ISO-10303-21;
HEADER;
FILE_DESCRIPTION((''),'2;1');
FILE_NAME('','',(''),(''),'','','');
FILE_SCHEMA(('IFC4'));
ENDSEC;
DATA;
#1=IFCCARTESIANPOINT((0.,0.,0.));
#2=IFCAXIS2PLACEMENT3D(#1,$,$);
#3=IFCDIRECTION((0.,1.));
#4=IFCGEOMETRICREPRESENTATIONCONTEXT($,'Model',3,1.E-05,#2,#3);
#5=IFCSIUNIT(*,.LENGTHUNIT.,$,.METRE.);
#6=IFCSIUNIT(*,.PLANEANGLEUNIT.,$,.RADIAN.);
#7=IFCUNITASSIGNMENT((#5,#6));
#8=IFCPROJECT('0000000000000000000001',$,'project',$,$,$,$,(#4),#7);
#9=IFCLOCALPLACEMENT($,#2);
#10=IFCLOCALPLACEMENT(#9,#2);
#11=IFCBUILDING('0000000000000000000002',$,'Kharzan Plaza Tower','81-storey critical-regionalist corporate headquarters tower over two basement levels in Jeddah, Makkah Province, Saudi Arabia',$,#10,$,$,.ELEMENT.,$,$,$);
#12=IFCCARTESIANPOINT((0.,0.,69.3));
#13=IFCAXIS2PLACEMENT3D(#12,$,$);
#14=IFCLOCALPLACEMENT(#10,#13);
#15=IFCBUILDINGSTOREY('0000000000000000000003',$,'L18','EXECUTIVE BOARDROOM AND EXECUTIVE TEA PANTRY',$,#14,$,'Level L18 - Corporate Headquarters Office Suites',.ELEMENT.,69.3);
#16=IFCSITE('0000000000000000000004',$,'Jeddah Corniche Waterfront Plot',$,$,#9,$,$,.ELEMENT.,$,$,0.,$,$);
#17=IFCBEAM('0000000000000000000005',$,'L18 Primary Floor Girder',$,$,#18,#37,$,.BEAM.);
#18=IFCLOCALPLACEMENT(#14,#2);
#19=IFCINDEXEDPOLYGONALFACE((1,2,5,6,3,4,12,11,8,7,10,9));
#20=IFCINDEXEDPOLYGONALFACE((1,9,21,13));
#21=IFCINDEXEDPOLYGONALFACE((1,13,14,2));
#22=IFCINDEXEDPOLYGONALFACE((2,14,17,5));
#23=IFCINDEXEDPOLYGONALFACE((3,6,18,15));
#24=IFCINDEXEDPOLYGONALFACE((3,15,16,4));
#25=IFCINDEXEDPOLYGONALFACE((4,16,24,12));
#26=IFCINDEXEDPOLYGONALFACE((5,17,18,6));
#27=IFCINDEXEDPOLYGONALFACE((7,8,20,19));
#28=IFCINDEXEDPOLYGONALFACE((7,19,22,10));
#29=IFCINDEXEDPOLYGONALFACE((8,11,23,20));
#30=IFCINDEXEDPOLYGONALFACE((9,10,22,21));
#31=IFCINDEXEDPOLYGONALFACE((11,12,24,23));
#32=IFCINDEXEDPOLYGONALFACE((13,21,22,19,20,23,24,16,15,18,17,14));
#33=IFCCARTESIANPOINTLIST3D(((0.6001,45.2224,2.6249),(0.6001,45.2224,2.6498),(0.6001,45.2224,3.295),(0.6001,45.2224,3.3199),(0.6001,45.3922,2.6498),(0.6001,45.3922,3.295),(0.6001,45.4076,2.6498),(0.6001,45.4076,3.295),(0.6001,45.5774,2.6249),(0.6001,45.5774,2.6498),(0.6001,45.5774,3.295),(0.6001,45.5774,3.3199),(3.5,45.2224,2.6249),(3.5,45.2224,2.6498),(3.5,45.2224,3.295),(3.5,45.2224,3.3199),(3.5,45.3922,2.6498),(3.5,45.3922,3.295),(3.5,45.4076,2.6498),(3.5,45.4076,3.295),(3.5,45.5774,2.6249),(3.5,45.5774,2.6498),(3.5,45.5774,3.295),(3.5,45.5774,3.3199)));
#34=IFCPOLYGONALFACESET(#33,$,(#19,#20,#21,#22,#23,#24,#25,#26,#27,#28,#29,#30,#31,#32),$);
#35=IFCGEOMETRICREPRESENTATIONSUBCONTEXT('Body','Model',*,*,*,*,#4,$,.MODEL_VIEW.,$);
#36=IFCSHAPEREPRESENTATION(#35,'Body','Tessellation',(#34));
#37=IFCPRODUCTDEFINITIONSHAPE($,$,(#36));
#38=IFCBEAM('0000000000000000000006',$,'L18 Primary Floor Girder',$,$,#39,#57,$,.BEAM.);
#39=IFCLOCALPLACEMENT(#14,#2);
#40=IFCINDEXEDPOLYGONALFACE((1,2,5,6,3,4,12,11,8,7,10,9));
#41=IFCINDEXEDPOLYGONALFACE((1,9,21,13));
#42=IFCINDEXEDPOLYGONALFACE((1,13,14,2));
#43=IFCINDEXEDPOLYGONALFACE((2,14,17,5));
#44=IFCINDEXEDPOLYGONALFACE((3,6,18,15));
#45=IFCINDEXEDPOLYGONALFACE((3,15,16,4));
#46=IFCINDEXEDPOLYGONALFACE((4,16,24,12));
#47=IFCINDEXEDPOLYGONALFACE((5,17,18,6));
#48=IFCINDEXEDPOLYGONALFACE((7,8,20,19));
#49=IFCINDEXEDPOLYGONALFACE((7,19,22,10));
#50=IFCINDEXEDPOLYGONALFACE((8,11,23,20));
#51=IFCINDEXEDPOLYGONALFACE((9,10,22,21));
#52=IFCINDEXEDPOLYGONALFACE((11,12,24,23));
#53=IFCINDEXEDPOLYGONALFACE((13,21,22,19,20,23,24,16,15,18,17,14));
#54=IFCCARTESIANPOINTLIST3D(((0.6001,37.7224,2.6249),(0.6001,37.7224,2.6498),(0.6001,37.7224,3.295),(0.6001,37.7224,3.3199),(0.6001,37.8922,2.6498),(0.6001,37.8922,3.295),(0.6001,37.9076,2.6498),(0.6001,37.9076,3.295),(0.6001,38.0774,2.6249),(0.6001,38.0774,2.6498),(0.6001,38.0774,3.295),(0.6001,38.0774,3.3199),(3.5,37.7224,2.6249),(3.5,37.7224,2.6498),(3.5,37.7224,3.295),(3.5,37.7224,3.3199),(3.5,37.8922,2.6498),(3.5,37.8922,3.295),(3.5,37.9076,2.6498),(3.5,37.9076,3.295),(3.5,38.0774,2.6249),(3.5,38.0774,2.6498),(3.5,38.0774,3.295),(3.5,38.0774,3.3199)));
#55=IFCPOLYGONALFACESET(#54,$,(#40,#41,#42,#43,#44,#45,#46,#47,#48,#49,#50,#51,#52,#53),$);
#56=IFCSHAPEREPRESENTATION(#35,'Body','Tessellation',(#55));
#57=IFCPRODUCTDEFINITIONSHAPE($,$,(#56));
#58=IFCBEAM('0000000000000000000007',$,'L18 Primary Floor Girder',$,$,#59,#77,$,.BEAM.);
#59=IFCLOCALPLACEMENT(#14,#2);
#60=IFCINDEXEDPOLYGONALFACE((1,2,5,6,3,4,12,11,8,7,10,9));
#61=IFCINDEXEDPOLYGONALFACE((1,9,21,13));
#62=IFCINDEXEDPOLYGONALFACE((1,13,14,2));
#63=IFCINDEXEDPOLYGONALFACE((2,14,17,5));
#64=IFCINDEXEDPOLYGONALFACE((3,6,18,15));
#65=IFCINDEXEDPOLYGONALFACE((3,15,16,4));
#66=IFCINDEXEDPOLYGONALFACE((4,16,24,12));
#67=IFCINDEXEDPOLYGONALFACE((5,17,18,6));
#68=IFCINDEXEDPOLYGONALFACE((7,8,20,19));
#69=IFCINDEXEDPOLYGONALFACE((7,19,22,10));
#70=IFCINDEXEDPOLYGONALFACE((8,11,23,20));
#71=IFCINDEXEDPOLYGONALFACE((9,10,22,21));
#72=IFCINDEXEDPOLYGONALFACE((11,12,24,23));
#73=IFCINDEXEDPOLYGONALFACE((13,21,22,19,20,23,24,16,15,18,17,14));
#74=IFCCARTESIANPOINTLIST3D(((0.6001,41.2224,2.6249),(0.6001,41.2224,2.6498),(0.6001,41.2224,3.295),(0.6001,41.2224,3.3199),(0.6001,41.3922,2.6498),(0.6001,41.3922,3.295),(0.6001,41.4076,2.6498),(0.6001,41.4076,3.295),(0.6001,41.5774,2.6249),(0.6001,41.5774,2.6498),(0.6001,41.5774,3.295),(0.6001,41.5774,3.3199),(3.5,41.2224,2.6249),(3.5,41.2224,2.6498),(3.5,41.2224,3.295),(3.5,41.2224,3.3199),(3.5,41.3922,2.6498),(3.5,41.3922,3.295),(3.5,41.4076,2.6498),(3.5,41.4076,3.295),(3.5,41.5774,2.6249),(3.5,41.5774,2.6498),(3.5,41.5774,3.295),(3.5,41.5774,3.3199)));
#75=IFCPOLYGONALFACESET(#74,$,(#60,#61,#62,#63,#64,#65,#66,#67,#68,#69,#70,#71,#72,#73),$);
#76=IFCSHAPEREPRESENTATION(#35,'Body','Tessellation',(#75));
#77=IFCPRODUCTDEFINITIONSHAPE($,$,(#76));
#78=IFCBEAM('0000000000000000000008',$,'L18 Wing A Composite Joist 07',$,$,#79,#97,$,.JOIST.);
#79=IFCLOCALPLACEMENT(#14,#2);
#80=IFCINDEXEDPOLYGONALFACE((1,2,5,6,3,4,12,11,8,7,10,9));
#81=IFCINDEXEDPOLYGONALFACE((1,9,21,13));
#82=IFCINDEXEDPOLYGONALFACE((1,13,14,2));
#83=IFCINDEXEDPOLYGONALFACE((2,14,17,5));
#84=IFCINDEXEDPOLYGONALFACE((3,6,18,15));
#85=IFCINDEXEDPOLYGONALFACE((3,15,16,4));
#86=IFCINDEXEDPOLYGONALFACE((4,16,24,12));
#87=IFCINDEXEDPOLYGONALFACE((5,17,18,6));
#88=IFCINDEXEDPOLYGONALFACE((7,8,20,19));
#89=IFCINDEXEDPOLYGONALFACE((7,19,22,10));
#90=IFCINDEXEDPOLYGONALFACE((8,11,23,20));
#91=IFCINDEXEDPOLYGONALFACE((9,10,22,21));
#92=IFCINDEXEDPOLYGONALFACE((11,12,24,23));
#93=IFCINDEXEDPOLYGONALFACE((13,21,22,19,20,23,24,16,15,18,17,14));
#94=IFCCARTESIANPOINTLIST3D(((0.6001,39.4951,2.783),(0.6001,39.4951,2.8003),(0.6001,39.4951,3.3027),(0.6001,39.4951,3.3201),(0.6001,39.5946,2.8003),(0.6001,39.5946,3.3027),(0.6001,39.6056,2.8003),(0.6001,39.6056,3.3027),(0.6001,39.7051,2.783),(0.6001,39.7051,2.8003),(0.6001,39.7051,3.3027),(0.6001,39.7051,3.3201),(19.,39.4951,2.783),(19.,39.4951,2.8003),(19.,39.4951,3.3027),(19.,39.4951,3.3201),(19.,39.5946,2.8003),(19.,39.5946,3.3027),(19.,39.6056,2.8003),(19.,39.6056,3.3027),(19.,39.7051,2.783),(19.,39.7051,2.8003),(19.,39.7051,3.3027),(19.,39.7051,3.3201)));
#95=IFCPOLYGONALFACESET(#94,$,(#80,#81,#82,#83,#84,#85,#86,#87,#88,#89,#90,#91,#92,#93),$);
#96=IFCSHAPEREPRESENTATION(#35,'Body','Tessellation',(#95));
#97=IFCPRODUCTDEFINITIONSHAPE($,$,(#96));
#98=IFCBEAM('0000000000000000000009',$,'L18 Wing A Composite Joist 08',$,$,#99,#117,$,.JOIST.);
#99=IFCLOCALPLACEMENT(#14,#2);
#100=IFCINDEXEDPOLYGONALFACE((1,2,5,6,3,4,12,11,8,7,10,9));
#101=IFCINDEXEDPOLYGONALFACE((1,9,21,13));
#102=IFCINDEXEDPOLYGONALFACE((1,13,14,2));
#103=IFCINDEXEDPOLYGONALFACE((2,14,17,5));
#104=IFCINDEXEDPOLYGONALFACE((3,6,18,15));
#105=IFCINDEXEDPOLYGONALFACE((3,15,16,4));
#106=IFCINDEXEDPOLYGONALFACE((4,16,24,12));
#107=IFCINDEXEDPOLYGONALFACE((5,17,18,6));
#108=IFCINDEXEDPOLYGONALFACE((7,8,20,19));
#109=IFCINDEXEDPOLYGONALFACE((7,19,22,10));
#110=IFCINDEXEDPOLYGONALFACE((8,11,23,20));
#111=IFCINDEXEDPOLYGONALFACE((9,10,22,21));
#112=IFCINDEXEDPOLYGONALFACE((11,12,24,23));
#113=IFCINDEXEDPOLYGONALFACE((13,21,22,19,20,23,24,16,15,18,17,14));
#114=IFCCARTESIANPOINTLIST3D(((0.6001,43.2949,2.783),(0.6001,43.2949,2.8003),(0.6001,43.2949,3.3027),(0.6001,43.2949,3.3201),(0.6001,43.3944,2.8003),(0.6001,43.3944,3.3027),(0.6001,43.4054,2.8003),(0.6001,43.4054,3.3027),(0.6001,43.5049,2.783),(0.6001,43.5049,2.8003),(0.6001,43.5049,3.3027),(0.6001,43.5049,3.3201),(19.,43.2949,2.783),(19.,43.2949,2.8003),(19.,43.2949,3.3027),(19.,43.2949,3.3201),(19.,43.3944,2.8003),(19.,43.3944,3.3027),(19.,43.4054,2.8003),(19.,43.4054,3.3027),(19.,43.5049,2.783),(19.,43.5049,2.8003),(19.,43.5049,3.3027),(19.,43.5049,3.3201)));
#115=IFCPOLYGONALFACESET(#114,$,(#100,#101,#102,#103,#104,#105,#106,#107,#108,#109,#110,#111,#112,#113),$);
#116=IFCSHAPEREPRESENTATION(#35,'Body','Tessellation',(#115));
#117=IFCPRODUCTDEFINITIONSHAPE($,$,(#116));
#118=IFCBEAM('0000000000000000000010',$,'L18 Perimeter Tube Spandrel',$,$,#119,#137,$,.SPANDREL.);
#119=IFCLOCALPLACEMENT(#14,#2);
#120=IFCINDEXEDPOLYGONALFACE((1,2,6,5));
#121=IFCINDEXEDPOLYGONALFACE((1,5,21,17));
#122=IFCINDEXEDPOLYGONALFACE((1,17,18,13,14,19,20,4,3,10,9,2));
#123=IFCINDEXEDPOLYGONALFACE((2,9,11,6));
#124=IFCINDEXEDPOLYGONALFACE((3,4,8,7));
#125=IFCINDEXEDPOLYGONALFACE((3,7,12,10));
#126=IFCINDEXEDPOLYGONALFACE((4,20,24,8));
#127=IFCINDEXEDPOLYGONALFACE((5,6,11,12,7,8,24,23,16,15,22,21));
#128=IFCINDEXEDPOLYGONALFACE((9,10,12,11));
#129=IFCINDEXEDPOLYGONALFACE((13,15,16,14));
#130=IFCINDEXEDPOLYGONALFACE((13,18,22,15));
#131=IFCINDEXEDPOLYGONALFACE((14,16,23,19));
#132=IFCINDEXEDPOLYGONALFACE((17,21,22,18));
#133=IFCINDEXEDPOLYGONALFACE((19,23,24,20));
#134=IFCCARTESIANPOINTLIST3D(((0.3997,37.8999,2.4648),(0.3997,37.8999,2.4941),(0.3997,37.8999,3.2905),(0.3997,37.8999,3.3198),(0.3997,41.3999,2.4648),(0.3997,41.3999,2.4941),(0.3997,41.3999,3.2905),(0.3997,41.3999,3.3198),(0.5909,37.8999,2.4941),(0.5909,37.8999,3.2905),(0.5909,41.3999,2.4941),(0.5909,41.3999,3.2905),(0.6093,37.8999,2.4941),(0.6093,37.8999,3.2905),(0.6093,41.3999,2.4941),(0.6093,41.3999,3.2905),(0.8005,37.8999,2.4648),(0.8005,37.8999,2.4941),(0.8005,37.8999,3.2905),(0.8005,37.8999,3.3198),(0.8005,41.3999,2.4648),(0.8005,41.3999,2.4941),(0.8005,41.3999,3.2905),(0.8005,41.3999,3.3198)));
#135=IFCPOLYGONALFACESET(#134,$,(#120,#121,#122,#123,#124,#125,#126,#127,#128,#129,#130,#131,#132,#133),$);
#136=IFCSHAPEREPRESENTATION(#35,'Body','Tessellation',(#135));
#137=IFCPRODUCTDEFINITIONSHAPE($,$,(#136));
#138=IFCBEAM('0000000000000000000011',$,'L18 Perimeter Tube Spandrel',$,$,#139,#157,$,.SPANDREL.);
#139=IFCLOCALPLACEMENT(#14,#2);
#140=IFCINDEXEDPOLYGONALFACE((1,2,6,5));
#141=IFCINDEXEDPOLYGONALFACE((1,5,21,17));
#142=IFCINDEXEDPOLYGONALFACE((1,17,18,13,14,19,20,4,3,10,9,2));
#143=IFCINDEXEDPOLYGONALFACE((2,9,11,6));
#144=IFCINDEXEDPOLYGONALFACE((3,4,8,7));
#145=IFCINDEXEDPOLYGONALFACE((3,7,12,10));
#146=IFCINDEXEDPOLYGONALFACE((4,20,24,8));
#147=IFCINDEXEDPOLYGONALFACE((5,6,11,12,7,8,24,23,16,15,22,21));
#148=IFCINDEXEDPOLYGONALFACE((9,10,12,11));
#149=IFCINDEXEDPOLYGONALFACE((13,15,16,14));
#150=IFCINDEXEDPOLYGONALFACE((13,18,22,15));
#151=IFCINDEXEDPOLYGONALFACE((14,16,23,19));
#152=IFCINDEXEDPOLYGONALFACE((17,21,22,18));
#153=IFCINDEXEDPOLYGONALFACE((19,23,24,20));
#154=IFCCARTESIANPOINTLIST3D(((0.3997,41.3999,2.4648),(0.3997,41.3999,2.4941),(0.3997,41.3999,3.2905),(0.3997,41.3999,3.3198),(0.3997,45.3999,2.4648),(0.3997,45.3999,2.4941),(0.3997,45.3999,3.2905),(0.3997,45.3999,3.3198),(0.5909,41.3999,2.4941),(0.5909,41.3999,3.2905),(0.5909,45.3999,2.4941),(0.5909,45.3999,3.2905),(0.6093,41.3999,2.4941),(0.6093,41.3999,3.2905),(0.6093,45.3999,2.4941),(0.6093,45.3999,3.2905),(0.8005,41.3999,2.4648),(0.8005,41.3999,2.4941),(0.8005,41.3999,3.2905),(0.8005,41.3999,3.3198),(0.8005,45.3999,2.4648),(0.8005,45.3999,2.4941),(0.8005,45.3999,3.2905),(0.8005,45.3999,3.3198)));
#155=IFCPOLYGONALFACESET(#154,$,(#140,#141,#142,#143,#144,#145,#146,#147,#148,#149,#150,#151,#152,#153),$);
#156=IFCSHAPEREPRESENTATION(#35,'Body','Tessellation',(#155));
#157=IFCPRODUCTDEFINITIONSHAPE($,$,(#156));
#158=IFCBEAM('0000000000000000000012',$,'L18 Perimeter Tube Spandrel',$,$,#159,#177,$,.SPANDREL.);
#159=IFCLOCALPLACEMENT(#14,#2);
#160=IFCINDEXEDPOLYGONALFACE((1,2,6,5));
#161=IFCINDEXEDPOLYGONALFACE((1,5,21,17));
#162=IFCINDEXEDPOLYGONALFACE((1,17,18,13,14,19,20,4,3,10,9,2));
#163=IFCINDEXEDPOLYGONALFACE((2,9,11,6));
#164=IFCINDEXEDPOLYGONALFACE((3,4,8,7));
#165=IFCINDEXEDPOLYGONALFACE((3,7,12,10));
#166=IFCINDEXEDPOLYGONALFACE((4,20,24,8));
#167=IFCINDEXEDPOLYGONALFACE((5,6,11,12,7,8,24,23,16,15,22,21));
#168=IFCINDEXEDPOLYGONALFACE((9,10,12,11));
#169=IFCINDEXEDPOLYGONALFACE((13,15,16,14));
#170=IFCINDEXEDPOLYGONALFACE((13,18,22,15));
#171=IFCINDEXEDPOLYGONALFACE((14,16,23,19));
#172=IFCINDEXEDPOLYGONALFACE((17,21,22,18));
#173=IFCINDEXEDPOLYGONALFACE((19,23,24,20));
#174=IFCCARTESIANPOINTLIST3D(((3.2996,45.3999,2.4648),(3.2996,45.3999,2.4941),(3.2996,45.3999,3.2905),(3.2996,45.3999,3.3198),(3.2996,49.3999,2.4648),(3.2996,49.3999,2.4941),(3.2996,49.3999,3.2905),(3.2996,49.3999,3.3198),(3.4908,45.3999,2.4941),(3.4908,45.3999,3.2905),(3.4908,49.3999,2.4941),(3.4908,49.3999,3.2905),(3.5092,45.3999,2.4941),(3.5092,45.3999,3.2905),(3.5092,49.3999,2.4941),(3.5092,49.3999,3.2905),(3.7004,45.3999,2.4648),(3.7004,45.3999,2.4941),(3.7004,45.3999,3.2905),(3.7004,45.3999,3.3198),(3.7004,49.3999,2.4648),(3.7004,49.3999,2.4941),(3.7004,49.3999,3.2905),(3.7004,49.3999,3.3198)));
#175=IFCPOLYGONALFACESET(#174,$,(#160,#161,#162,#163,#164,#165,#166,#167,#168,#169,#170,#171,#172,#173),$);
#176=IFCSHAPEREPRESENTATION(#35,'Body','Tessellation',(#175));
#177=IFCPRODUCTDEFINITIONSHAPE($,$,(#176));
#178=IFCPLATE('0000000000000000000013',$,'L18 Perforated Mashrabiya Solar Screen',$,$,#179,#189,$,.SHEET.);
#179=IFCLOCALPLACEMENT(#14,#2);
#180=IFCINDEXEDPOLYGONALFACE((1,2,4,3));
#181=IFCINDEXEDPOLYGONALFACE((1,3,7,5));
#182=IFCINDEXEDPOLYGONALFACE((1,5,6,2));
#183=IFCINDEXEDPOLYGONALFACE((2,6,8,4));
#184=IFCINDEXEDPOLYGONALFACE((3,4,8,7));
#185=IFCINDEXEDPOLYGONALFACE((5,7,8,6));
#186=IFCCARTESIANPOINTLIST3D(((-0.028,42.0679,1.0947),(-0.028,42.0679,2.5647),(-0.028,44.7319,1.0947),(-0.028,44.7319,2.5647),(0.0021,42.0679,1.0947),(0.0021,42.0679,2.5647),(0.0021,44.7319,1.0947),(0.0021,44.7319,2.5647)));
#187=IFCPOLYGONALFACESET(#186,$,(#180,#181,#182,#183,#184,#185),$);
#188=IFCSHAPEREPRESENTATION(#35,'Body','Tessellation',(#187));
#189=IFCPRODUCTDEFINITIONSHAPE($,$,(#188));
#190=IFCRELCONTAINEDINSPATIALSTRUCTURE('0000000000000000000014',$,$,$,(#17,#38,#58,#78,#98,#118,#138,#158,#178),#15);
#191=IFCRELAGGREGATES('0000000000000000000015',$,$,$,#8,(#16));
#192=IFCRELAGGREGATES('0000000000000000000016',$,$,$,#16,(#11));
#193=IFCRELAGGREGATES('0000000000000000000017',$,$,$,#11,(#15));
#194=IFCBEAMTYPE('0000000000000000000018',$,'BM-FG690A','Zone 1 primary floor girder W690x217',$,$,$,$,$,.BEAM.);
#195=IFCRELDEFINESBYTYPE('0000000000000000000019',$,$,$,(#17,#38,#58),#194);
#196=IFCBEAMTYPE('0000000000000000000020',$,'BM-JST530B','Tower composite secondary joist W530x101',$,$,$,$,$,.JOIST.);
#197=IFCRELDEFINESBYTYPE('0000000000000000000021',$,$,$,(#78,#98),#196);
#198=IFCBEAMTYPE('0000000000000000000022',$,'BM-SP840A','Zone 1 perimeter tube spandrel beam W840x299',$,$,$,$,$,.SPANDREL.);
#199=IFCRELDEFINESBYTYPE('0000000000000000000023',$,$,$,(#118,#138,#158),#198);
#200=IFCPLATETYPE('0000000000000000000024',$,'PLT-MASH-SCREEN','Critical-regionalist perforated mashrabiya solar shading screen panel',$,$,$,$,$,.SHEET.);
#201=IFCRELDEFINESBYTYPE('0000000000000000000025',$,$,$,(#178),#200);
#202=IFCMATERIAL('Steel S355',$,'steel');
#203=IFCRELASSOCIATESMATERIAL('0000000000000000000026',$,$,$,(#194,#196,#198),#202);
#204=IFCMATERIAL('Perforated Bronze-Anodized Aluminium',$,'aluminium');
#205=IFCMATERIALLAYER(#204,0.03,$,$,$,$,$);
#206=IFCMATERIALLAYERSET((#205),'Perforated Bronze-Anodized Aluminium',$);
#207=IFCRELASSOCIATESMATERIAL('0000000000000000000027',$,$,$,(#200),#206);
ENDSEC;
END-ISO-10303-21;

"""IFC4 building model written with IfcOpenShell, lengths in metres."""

from ifc_helpers import new_model, si_unit, direction, frame, origin, origin_2d, place, context, subcontext, project, spatial, rectangle, i_section, extrude, source, transform, mapped, material, layer, layer_set, material_profile, profile_set, type_object, element, save


model = new_model("IFC4")

# Units and contexts
model_context = context("Model", 3, precision=1e-05, world=origin(), true_north=direction((0.0, 1.0)))
body_context = subcontext(model_context, "Body", "Model", "MODEL_VIEW")
ifc_project = project(units=[si_unit("LENGTHUNIT", "METRE"), si_unit("PLANEANGLEUNIT", "RADIAN")], contexts=[model_context])

# Site, building, storey
site_placement = place(None, origin())
site = spatial("IfcSite", under=ifc_project, at=site_placement, Name="Jeddah Corniche Waterfront Plot", CompositionType="ELEMENT", RefElevation=0.0)
building_placement = place(site_placement, origin())
building = spatial("IfcBuilding", under=site, at=building_placement, Name="Kharzan Plaza Tower", Description="81-storey critical-regionalist corporate headquarters tower over two basement levels in Jeddah, Makkah Province, Saudi Arabia", CompositionType="ELEMENT")
storey_placement = place(building_placement, frame((0.0, 0.0, 69.3)))
storey = spatial("IfcBuildingStorey", under=building, at=storey_placement, Name="L18", Description="EXECUTIVE BOARDROOM AND EXECUTIVE TEA PANTRY", LongName="Level L18 - Corporate Headquarters Office Suites", CompositionType="ELEMENT", Elevation=69.3)

# Beams
ifc_material_1 = material(Name="Steel S355", Category="steel")
ifc_material_profile_1 = material_profile(ifc_material_1, i_section(OverallWidth=0.355, OverallDepth=0.6951, WebThickness=0.0154, FlangeThickness=0.0249, at=origin_2d()), Name="W690x217")
ifc_profile_set_1 = profile_set([ifc_material_profile_1], Name="Steel S355")
beam_type_1 = type_object("IfcBeamType", Name="BM-FG690A", Description="Zone 1 primary floor girder W690x217", PredefinedType="BEAM", material=ifc_profile_set_1)
shared_shape_1 = source(origin(), body_context, "Body", "SweptSolid", [
    extrude(i_section(OverallWidth=0.355, OverallDepth=0.6951, WebThickness=0.0154, FlangeThickness=0.0249, at=origin_2d()), origin(), (0.0, 0.0, 1.0), 2.8999),
])
for number, where, z_axis, x_axis, name in (
    (1, (0.6001, 45.3999, 2.9724), (1.0, 0.0, 0.0), (0.0, 1.0, 0.0), "L18 Primary Floor Girder"),
    (2, (0.6001, 37.8999, 2.9724), (1.0, 0.0, 0.0), (0.0, 1.0, 0.0), "L18 Primary Floor Girder"),
    (3, (0.6001, 41.3999, 2.9724), (1.0, 0.0, 0.0), (0.0, 1.0, 0.0), "L18 Primary Floor Girder"),
):
    element("IfcBeam", number, at=place(storey_placement, frame(where, z_axis=z_axis, x_axis=x_axis)), inside=storey, type_object=beam_type_1, Name=name, PredefinedType="BEAM", context=body_context, shape_type="MappedRepresentation", body=[
        mapped(shared_shape_1, transform((0.0, 0.0, 0.0), x_axis=(1.0, 0.0, 0.0), y_axis=(0.0, 1.0, 0.0), z_axis=(0.0, 0.0, 1.0))),
    ])
ifc_material_profile_2 = material_profile(ifc_material_1, i_section(OverallWidth=0.21, OverallDepth=0.5371, WebThickness=0.011, FlangeThickness=0.0173, at=origin_2d()), Name="W530x101")
ifc_profile_set_2 = profile_set([ifc_material_profile_2], Name="Steel S355")
beam_type_2 = type_object("IfcBeamType", Name="BM-JST530B", Description="Tower composite secondary joist W530x101", PredefinedType="JOIST", material=ifc_profile_set_2)
shared_shape_2 = source(origin(), body_context, "Body", "SweptSolid", [
    extrude(i_section(OverallWidth=0.21, OverallDepth=0.5371, WebThickness=0.011, FlangeThickness=0.0173, at=origin_2d()), origin(), (0.0, 0.0, 1.0), 18.3999),
])
for number, where, z_axis, x_axis, name in (
    (4, (0.6001, 39.6001, 3.0515), (1.0, 0.0, 0.0), (0.0, 1.0, 0.0), "L18 Wing A Composite Joist 07"),
    (5, (0.6001, 43.3999, 3.0515), (1.0, 0.0, 0.0), (0.0, 1.0, 0.0), "L18 Wing A Composite Joist 08"),
):
    element("IfcBeam", number, at=place(storey_placement, frame(where, z_axis=z_axis, x_axis=x_axis)), inside=storey, type_object=beam_type_2, Name=name, PredefinedType="JOIST", context=body_context, shape_type="MappedRepresentation", body=[
        mapped(shared_shape_2, transform((0.0, 0.0, 0.0), x_axis=(1.0, 0.0, 0.0), y_axis=(0.0, 1.0, 0.0), z_axis=(0.0, 0.0, 1.0))),
    ])
ifc_material_profile_3 = material_profile(ifc_material_1, i_section(OverallWidth=0.4009, OverallDepth=0.855, WebThickness=0.0183, FlangeThickness=0.0293, at=origin_2d()), Name="W840x299")
ifc_profile_set_3 = profile_set([ifc_material_profile_3], Name="Steel S355")
beam_type_3 = type_object("IfcBeamType", Name="BM-SP840A", Description="Zone 1 perimeter tube spandrel beam W840x299", PredefinedType="SPANDREL", material=ifc_profile_set_3)
shared_shape_3 = source(origin(), body_context, "Body", "SweptSolid", [
    extrude(i_section(OverallWidth=0.4009, OverallDepth=0.855, WebThickness=0.0183, FlangeThickness=0.0293, at=origin_2d()), origin(), (0.0, 0.0, 1.0), 3.5),
])
beam_1_placement = place(storey_placement, frame((0.6001, 37.8999, 2.8923), z_axis=(0.0, 1.0, 0.0), x_axis=(-1.0, 0.0, 0.0)))
element("IfcBeam", 6, at=beam_1_placement, inside=storey, type_object=beam_type_3, Name="L18 Perimeter Tube Spandrel", PredefinedType="SPANDREL", context=body_context, shape_type="MappedRepresentation", body=[
    mapped(shared_shape_3, transform((0.0, 0.0, 0.0), x_axis=(1.0, 0.0, 0.0), y_axis=(0.0, 1.0, 0.0), z_axis=(0.0, 0.0, 1.0))),
])
shared_shape_4 = source(origin(), body_context, "Body", "SweptSolid", [
    extrude(i_section(OverallWidth=0.4009, OverallDepth=0.855, WebThickness=0.0183, FlangeThickness=0.0293, at=origin_2d()), origin(), (0.0, 0.0, 1.0), 4.0),
])
for number, where, z_axis, x_axis, name in (
    (7, (0.6001, 41.3999, 2.8923), (0.0, 1.0, 0.0), (-1.0, 0.0, 0.0), "L18 Perimeter Tube Spandrel"),
    (8, (3.5, 45.3999, 2.8923), (0.0, 1.0, 0.0), (-1.0, 0.0, 0.0), "L18 Perimeter Tube Spandrel"),
):
    element("IfcBeam", number, at=place(storey_placement, frame(where, z_axis=z_axis, x_axis=x_axis)), inside=storey, type_object=beam_type_3, Name=name, PredefinedType="SPANDREL", context=body_context, shape_type="MappedRepresentation", body=[
        mapped(shared_shape_4, transform((0.0, 0.0, 0.0), x_axis=(1.0, 0.0, 0.0), y_axis=(0.0, 1.0, 0.0), z_axis=(0.0, 0.0, 1.0))),
    ])

# Plate
ifc_material_2 = material(Name="Perforated Bronze-Anodized Aluminium", Category="aluminium")
ifc_layer_1 = layer(ifc_material_2, 0.03)
ifc_layer_set_1 = layer_set([ifc_layer_1], Name="Perforated Bronze-Anodized Aluminium")
plate_type = type_object("IfcPlateType", Name="PLT-MASH-SCREEN", Description="Critical-regionalist perforated mashrabiya solar shading screen panel", PredefinedType="SHEET", material=ifc_layer_set_1)
shared_shape_5 = source(origin(), body_context, "Body", "SweptSolid", [
    extrude(rectangle(XDim=2.6641, YDim=0.03, at=origin_2d()), origin(), (0.0, 0.0, 1.0), 1.47),
])
plate_1_placement = place(storey_placement, frame((-0.0129, 43.3999, 1.0947), z_axis=(0.0, 0.0, 1.0), x_axis=(0.0, -1.0, 0.0)))
element("IfcPlate", 9, at=plate_1_placement, inside=storey, type_object=plate_type, Name="L18 Perforated Mashrabiya Solar Screen", PredefinedType="SHEET", context=body_context, shape_type="MappedRepresentation", body=[
    mapped(shared_shape_5, transform((0.0, 0.0, 0.0), x_axis=(1.0, 0.0, 0.0), y_axis=(0.0, 1.0, 0.0), z_axis=(0.0, 0.0, 1.0))),
])

save(model, "model.ifc")
